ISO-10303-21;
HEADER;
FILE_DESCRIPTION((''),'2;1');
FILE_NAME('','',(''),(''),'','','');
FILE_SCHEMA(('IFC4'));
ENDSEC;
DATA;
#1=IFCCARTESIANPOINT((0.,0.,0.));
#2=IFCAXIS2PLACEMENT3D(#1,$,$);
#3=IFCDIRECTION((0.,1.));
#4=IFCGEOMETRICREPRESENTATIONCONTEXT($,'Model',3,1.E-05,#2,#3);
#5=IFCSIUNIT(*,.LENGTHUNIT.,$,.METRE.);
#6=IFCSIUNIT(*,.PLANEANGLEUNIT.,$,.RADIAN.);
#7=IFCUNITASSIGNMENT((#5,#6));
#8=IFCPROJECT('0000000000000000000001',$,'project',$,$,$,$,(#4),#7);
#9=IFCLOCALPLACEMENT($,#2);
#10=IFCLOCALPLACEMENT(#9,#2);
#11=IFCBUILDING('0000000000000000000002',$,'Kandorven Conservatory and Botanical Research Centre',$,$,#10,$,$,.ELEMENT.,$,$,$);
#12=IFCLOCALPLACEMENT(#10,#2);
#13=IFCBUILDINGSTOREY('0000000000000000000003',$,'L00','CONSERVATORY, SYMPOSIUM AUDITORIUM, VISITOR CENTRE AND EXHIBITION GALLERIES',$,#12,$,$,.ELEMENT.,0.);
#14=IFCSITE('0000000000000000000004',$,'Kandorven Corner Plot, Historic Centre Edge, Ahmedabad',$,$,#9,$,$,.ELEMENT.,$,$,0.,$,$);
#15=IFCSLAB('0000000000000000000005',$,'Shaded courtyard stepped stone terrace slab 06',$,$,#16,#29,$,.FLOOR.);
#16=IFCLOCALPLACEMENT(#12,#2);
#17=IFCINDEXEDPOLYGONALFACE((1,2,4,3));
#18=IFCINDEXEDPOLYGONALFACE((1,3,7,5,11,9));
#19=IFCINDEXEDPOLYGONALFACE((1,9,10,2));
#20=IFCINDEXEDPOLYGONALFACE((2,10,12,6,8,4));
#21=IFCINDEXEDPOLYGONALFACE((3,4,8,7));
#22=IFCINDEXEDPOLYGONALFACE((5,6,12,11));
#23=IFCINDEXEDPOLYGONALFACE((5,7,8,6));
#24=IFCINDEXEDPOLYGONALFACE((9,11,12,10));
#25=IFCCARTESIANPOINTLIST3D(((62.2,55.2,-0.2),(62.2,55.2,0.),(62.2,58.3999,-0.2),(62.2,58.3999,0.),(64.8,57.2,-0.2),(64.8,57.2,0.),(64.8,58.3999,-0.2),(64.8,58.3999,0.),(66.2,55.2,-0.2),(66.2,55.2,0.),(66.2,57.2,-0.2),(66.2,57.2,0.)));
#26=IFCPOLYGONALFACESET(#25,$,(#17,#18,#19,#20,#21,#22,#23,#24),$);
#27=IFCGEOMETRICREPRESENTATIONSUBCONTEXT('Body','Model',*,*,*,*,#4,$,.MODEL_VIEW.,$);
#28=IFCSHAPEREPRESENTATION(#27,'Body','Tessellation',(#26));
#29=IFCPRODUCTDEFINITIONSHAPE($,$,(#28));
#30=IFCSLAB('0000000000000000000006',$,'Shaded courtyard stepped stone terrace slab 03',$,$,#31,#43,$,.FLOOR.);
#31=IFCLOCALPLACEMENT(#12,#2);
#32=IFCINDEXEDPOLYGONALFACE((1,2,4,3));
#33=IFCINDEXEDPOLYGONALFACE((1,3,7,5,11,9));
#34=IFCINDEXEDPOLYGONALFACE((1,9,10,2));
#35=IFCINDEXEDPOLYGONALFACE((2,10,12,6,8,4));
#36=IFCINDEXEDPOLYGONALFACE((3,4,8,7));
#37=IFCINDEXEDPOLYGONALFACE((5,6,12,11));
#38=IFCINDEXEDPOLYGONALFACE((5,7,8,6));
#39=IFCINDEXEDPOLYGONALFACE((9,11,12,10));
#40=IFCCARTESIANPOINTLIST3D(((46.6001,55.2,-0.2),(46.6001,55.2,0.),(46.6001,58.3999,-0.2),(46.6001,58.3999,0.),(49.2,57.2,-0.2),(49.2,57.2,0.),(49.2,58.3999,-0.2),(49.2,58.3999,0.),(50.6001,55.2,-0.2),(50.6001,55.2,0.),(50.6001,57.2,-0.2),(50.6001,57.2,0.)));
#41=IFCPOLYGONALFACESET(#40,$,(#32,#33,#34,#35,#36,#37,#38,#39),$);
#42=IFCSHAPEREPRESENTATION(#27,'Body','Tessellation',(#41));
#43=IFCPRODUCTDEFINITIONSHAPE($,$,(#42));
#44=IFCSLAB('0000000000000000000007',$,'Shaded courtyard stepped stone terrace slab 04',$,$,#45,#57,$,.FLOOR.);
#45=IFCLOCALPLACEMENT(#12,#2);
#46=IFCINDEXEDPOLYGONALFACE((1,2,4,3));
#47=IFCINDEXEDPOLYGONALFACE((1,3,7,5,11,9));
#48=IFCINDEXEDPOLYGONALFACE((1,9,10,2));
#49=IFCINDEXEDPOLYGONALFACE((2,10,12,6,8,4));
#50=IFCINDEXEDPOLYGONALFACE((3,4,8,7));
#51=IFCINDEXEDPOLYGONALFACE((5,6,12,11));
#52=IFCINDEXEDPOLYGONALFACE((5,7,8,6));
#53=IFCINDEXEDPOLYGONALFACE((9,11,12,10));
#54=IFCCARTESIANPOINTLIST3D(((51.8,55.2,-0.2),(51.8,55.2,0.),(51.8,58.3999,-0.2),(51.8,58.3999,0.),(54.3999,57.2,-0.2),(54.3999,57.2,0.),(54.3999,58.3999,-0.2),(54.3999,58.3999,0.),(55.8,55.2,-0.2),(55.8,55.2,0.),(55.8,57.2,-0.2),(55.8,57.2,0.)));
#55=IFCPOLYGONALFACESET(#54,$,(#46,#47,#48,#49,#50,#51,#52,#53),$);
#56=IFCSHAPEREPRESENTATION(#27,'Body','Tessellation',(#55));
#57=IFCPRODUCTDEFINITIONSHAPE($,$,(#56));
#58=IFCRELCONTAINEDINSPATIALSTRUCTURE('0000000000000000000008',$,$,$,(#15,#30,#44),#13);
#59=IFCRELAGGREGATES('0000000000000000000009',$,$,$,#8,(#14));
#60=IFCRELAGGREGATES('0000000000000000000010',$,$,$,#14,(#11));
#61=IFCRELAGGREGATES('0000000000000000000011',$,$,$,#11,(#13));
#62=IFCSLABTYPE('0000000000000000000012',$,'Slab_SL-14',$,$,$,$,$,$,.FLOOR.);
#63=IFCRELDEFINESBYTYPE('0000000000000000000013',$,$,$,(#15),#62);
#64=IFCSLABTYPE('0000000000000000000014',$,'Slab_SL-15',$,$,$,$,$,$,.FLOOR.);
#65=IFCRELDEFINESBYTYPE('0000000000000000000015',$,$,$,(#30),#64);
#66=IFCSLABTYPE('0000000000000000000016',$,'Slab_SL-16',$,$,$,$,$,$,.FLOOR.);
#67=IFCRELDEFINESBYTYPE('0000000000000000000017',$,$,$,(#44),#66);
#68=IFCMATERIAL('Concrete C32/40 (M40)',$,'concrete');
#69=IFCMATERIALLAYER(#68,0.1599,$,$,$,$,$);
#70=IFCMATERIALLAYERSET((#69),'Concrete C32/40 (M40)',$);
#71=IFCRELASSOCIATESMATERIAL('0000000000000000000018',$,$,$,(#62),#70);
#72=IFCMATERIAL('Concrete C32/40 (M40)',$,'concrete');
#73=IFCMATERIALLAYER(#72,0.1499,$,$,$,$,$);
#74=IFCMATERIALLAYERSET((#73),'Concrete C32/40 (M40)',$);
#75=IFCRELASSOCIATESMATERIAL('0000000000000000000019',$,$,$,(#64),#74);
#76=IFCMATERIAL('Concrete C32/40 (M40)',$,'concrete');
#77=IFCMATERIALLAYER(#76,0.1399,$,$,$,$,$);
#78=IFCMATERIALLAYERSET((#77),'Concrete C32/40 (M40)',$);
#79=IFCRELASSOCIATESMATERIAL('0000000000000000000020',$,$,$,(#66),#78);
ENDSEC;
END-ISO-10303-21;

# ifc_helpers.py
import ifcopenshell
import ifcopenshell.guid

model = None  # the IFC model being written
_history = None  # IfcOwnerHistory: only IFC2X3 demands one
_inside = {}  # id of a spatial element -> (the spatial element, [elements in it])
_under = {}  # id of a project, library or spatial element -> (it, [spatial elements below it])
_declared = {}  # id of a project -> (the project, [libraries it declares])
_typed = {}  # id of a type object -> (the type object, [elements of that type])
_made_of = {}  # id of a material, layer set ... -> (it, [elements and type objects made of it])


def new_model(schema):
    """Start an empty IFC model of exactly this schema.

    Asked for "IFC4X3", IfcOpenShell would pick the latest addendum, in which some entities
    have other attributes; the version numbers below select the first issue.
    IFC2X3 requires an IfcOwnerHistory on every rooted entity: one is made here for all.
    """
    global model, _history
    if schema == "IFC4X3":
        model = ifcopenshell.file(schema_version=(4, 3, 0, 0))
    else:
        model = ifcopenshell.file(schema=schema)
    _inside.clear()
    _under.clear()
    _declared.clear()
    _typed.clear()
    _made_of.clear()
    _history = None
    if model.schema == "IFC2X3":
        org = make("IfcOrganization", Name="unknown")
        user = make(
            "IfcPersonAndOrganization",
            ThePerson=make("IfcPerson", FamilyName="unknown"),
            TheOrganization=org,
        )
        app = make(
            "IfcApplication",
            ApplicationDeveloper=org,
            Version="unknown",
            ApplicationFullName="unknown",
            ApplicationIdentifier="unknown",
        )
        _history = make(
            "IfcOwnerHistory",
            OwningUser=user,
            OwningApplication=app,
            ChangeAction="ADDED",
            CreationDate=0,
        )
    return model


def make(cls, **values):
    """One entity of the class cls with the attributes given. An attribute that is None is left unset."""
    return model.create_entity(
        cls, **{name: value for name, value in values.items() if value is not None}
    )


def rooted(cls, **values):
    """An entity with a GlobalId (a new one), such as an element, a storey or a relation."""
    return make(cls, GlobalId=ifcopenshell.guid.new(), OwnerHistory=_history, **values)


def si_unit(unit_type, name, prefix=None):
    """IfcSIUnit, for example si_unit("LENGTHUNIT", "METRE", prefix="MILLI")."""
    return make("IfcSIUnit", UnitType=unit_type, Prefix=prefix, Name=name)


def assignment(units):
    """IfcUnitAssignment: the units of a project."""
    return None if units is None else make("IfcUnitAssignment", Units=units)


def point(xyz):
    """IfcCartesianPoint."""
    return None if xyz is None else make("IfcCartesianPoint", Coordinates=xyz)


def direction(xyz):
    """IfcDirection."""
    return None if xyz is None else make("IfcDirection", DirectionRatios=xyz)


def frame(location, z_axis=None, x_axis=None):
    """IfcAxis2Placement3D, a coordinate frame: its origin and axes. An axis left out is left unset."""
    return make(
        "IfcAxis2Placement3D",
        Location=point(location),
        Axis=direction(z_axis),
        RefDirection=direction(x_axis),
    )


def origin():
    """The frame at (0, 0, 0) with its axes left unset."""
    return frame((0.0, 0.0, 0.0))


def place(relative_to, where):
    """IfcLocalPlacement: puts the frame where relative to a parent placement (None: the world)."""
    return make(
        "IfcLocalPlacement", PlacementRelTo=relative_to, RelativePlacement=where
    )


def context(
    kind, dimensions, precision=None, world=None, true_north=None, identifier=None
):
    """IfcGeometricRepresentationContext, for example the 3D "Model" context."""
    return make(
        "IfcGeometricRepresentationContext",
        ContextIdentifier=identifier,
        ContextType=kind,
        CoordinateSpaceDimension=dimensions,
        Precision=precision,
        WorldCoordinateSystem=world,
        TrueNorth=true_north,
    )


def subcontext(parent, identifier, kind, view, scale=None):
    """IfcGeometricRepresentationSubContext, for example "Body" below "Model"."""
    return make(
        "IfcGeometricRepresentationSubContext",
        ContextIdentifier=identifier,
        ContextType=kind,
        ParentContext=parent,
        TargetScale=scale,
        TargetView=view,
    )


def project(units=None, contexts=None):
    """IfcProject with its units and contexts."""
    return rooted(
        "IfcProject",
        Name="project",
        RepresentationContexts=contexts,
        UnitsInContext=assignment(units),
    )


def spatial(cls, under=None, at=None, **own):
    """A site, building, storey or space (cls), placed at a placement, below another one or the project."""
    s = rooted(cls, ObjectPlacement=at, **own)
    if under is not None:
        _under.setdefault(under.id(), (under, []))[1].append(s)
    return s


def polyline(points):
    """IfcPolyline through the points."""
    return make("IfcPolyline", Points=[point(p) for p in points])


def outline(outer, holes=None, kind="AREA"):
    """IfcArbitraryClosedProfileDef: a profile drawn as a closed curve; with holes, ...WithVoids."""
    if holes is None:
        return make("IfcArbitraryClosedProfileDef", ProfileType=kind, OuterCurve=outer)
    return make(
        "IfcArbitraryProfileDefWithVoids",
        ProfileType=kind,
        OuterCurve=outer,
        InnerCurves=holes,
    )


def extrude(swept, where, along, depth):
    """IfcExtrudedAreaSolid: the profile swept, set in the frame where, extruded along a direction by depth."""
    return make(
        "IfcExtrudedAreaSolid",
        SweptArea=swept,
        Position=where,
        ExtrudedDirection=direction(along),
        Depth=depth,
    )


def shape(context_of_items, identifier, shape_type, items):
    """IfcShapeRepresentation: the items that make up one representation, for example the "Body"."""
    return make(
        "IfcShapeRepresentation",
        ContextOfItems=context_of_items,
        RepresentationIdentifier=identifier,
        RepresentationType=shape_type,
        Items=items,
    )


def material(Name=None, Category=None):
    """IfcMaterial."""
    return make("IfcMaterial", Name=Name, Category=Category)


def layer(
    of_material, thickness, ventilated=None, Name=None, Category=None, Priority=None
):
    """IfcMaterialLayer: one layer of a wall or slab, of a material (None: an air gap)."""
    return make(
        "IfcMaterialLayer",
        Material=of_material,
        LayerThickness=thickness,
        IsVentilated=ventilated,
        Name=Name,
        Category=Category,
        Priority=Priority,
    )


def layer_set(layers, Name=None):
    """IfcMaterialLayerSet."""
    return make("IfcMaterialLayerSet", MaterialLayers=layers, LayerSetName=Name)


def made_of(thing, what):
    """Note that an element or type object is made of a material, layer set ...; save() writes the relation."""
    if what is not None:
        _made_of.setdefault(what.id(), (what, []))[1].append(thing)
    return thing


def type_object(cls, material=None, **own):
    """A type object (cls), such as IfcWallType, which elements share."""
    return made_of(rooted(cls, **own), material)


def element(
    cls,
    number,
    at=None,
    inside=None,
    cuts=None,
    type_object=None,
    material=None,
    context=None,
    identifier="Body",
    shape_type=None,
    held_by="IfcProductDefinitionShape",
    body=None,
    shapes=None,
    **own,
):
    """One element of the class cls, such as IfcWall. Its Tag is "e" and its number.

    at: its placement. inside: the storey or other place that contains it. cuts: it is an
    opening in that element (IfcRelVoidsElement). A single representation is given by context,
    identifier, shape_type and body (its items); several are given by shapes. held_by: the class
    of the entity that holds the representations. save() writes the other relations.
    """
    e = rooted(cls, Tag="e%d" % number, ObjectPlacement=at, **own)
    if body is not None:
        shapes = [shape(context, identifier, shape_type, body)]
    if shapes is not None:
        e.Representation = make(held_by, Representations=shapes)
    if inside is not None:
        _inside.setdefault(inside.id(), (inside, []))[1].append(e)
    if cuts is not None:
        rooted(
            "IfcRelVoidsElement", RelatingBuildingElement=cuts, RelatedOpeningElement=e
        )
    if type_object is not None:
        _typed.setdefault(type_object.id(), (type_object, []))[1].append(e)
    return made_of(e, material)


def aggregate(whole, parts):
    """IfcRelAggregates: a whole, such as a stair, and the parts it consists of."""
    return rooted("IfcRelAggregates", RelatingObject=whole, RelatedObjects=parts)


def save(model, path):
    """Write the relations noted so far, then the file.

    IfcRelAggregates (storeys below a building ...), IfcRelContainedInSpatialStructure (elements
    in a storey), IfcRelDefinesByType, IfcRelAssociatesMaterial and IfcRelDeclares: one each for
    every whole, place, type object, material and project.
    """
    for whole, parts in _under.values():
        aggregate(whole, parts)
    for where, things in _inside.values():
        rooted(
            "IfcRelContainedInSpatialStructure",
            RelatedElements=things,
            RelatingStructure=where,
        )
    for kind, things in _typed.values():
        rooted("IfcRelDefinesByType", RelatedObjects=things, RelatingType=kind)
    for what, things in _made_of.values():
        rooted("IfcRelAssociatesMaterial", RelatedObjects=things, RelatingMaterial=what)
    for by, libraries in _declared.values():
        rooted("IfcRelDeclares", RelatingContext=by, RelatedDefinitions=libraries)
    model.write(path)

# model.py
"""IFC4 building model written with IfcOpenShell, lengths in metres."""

from ifc_helpers import new_model, si_unit, direction, frame, origin, place, context, subcontext, project, spatial, polyline, outline, extrude, material, layer, layer_set, type_object, element, save


model = new_model("IFC4")

# Units and contexts
model_context = context("Model", 3, precision=1e-05, world=origin(), true_north=direction((0.0, 1.0)))
body_context = subcontext(model_context, "Body", "Model", "MODEL_VIEW")
ifc_project = project(units=[si_unit("LENGTHUNIT", "METRE"), si_unit("PLANEANGLEUNIT", "RADIAN")], contexts=[model_context])

# Site, building, storey
site_placement = place(None, origin())
site = spatial("IfcSite", under=ifc_project, at=site_placement, Name="Kandorven Corner Plot, Historic Centre Edge, Ahmedabad", CompositionType="ELEMENT", RefElevation=0.0)
building_placement = place(site_placement, origin())
building = spatial("IfcBuilding", under=site, at=building_placement, Name="Kandorven Conservatory and Botanical Research Centre", CompositionType="ELEMENT")
storey_placement = place(building_placement, origin())
storey = spatial("IfcBuildingStorey", under=building, at=storey_placement, Name="L00", Description="CONSERVATORY, SYMPOSIUM AUDITORIUM, VISITOR CENTRE AND EXHIBITION GALLERIES", CompositionType="ELEMENT", Elevation=0.0)

# Slabs
ifc_material_1 = material(Name="Concrete C32/40 (M40)", Category="concrete")
ifc_layer_1 = layer(ifc_material_1, 0.1599)
ifc_layer_set_1 = layer_set([ifc_layer_1], Name="Concrete C32/40 (M40)")
slab_type_1 = type_object("IfcSlabType", Name="Slab_SL-14", PredefinedType="FLOOR", material=ifc_layer_set_1)
slab_1_placement = place(storey_placement, frame((0.0, 0.0, -0.2)))
element("IfcSlab", 1, at=slab_1_placement, inside=storey, type_object=slab_type_1, Name="Shaded courtyard stepped stone terrace slab 06", PredefinedType="FLOOR", context=body_context, shape_type="SweptSolid", body=[
    extrude(outline(polyline([(62.2, 55.2), (66.2, 55.2), (66.2, 57.2), (64.8, 57.2), (64.8, 58.3999), (62.2, 58.3999), (62.2, 55.2)])), origin(), (0.0, 0.0, 1.0), 0.2),
])
ifc_material_2 = material(Name="Concrete C32/40 (M40)", Category="concrete")
ifc_layer_2 = layer(ifc_material_2, 0.1499)
ifc_layer_set_2 = layer_set([ifc_layer_2], Name="Concrete C32/40 (M40)")
slab_type_2 = type_object("IfcSlabType", Name="Slab_SL-15", PredefinedType="FLOOR", material=ifc_layer_set_2)
slab_2_placement = place(storey_placement, frame((0.0, 0.0, -0.2)))
element("IfcSlab", 2, at=slab_2_placement, inside=storey, type_object=slab_type_2, Name="Shaded courtyard stepped stone terrace slab 03", PredefinedType="FLOOR", context=body_context, shape_type="SweptSolid", body=[
    extrude(outline(polyline([(46.6001, 55.2), (50.6001, 55.2), (50.6001, 57.2), (49.2, 57.2), (49.2, 58.3999), (46.6001, 58.3999), (46.6001, 55.2)])), origin(), (0.0, 0.0, 1.0), 0.2),
])
ifc_material_3 = material(Name="Concrete C32/40 (M40)", Category="concrete")
ifc_layer_3 = layer(ifc_material_3, 0.1399)
ifc_layer_set_3 = layer_set([ifc_layer_3], Name="Concrete C32/40 (M40)")
slab_type_3 = type_object("IfcSlabType", Name="Slab_SL-16", PredefinedType="FLOOR", material=ifc_layer_set_3)
slab_3_placement = place(storey_placement, frame((0.0, 0.0, -0.2)))
element("IfcSlab", 3, at=slab_3_placement, inside=storey, type_object=slab_type_3, Name="Shaded courtyard stepped stone terrace slab 04", PredefinedType="FLOOR", context=body_context, shape_type="SweptSolid", body=[
    extrude(outline(polyline([(51.8, 55.2), (55.8, 55.2), (55.8, 57.2), (54.3999, 57.2), (54.3999, 58.3999), (51.8, 58.3999), (51.8, 55.2)])), origin(), (0.0, 0.0, 1.0), 0.2),
])

save(model, "model.ifc")
